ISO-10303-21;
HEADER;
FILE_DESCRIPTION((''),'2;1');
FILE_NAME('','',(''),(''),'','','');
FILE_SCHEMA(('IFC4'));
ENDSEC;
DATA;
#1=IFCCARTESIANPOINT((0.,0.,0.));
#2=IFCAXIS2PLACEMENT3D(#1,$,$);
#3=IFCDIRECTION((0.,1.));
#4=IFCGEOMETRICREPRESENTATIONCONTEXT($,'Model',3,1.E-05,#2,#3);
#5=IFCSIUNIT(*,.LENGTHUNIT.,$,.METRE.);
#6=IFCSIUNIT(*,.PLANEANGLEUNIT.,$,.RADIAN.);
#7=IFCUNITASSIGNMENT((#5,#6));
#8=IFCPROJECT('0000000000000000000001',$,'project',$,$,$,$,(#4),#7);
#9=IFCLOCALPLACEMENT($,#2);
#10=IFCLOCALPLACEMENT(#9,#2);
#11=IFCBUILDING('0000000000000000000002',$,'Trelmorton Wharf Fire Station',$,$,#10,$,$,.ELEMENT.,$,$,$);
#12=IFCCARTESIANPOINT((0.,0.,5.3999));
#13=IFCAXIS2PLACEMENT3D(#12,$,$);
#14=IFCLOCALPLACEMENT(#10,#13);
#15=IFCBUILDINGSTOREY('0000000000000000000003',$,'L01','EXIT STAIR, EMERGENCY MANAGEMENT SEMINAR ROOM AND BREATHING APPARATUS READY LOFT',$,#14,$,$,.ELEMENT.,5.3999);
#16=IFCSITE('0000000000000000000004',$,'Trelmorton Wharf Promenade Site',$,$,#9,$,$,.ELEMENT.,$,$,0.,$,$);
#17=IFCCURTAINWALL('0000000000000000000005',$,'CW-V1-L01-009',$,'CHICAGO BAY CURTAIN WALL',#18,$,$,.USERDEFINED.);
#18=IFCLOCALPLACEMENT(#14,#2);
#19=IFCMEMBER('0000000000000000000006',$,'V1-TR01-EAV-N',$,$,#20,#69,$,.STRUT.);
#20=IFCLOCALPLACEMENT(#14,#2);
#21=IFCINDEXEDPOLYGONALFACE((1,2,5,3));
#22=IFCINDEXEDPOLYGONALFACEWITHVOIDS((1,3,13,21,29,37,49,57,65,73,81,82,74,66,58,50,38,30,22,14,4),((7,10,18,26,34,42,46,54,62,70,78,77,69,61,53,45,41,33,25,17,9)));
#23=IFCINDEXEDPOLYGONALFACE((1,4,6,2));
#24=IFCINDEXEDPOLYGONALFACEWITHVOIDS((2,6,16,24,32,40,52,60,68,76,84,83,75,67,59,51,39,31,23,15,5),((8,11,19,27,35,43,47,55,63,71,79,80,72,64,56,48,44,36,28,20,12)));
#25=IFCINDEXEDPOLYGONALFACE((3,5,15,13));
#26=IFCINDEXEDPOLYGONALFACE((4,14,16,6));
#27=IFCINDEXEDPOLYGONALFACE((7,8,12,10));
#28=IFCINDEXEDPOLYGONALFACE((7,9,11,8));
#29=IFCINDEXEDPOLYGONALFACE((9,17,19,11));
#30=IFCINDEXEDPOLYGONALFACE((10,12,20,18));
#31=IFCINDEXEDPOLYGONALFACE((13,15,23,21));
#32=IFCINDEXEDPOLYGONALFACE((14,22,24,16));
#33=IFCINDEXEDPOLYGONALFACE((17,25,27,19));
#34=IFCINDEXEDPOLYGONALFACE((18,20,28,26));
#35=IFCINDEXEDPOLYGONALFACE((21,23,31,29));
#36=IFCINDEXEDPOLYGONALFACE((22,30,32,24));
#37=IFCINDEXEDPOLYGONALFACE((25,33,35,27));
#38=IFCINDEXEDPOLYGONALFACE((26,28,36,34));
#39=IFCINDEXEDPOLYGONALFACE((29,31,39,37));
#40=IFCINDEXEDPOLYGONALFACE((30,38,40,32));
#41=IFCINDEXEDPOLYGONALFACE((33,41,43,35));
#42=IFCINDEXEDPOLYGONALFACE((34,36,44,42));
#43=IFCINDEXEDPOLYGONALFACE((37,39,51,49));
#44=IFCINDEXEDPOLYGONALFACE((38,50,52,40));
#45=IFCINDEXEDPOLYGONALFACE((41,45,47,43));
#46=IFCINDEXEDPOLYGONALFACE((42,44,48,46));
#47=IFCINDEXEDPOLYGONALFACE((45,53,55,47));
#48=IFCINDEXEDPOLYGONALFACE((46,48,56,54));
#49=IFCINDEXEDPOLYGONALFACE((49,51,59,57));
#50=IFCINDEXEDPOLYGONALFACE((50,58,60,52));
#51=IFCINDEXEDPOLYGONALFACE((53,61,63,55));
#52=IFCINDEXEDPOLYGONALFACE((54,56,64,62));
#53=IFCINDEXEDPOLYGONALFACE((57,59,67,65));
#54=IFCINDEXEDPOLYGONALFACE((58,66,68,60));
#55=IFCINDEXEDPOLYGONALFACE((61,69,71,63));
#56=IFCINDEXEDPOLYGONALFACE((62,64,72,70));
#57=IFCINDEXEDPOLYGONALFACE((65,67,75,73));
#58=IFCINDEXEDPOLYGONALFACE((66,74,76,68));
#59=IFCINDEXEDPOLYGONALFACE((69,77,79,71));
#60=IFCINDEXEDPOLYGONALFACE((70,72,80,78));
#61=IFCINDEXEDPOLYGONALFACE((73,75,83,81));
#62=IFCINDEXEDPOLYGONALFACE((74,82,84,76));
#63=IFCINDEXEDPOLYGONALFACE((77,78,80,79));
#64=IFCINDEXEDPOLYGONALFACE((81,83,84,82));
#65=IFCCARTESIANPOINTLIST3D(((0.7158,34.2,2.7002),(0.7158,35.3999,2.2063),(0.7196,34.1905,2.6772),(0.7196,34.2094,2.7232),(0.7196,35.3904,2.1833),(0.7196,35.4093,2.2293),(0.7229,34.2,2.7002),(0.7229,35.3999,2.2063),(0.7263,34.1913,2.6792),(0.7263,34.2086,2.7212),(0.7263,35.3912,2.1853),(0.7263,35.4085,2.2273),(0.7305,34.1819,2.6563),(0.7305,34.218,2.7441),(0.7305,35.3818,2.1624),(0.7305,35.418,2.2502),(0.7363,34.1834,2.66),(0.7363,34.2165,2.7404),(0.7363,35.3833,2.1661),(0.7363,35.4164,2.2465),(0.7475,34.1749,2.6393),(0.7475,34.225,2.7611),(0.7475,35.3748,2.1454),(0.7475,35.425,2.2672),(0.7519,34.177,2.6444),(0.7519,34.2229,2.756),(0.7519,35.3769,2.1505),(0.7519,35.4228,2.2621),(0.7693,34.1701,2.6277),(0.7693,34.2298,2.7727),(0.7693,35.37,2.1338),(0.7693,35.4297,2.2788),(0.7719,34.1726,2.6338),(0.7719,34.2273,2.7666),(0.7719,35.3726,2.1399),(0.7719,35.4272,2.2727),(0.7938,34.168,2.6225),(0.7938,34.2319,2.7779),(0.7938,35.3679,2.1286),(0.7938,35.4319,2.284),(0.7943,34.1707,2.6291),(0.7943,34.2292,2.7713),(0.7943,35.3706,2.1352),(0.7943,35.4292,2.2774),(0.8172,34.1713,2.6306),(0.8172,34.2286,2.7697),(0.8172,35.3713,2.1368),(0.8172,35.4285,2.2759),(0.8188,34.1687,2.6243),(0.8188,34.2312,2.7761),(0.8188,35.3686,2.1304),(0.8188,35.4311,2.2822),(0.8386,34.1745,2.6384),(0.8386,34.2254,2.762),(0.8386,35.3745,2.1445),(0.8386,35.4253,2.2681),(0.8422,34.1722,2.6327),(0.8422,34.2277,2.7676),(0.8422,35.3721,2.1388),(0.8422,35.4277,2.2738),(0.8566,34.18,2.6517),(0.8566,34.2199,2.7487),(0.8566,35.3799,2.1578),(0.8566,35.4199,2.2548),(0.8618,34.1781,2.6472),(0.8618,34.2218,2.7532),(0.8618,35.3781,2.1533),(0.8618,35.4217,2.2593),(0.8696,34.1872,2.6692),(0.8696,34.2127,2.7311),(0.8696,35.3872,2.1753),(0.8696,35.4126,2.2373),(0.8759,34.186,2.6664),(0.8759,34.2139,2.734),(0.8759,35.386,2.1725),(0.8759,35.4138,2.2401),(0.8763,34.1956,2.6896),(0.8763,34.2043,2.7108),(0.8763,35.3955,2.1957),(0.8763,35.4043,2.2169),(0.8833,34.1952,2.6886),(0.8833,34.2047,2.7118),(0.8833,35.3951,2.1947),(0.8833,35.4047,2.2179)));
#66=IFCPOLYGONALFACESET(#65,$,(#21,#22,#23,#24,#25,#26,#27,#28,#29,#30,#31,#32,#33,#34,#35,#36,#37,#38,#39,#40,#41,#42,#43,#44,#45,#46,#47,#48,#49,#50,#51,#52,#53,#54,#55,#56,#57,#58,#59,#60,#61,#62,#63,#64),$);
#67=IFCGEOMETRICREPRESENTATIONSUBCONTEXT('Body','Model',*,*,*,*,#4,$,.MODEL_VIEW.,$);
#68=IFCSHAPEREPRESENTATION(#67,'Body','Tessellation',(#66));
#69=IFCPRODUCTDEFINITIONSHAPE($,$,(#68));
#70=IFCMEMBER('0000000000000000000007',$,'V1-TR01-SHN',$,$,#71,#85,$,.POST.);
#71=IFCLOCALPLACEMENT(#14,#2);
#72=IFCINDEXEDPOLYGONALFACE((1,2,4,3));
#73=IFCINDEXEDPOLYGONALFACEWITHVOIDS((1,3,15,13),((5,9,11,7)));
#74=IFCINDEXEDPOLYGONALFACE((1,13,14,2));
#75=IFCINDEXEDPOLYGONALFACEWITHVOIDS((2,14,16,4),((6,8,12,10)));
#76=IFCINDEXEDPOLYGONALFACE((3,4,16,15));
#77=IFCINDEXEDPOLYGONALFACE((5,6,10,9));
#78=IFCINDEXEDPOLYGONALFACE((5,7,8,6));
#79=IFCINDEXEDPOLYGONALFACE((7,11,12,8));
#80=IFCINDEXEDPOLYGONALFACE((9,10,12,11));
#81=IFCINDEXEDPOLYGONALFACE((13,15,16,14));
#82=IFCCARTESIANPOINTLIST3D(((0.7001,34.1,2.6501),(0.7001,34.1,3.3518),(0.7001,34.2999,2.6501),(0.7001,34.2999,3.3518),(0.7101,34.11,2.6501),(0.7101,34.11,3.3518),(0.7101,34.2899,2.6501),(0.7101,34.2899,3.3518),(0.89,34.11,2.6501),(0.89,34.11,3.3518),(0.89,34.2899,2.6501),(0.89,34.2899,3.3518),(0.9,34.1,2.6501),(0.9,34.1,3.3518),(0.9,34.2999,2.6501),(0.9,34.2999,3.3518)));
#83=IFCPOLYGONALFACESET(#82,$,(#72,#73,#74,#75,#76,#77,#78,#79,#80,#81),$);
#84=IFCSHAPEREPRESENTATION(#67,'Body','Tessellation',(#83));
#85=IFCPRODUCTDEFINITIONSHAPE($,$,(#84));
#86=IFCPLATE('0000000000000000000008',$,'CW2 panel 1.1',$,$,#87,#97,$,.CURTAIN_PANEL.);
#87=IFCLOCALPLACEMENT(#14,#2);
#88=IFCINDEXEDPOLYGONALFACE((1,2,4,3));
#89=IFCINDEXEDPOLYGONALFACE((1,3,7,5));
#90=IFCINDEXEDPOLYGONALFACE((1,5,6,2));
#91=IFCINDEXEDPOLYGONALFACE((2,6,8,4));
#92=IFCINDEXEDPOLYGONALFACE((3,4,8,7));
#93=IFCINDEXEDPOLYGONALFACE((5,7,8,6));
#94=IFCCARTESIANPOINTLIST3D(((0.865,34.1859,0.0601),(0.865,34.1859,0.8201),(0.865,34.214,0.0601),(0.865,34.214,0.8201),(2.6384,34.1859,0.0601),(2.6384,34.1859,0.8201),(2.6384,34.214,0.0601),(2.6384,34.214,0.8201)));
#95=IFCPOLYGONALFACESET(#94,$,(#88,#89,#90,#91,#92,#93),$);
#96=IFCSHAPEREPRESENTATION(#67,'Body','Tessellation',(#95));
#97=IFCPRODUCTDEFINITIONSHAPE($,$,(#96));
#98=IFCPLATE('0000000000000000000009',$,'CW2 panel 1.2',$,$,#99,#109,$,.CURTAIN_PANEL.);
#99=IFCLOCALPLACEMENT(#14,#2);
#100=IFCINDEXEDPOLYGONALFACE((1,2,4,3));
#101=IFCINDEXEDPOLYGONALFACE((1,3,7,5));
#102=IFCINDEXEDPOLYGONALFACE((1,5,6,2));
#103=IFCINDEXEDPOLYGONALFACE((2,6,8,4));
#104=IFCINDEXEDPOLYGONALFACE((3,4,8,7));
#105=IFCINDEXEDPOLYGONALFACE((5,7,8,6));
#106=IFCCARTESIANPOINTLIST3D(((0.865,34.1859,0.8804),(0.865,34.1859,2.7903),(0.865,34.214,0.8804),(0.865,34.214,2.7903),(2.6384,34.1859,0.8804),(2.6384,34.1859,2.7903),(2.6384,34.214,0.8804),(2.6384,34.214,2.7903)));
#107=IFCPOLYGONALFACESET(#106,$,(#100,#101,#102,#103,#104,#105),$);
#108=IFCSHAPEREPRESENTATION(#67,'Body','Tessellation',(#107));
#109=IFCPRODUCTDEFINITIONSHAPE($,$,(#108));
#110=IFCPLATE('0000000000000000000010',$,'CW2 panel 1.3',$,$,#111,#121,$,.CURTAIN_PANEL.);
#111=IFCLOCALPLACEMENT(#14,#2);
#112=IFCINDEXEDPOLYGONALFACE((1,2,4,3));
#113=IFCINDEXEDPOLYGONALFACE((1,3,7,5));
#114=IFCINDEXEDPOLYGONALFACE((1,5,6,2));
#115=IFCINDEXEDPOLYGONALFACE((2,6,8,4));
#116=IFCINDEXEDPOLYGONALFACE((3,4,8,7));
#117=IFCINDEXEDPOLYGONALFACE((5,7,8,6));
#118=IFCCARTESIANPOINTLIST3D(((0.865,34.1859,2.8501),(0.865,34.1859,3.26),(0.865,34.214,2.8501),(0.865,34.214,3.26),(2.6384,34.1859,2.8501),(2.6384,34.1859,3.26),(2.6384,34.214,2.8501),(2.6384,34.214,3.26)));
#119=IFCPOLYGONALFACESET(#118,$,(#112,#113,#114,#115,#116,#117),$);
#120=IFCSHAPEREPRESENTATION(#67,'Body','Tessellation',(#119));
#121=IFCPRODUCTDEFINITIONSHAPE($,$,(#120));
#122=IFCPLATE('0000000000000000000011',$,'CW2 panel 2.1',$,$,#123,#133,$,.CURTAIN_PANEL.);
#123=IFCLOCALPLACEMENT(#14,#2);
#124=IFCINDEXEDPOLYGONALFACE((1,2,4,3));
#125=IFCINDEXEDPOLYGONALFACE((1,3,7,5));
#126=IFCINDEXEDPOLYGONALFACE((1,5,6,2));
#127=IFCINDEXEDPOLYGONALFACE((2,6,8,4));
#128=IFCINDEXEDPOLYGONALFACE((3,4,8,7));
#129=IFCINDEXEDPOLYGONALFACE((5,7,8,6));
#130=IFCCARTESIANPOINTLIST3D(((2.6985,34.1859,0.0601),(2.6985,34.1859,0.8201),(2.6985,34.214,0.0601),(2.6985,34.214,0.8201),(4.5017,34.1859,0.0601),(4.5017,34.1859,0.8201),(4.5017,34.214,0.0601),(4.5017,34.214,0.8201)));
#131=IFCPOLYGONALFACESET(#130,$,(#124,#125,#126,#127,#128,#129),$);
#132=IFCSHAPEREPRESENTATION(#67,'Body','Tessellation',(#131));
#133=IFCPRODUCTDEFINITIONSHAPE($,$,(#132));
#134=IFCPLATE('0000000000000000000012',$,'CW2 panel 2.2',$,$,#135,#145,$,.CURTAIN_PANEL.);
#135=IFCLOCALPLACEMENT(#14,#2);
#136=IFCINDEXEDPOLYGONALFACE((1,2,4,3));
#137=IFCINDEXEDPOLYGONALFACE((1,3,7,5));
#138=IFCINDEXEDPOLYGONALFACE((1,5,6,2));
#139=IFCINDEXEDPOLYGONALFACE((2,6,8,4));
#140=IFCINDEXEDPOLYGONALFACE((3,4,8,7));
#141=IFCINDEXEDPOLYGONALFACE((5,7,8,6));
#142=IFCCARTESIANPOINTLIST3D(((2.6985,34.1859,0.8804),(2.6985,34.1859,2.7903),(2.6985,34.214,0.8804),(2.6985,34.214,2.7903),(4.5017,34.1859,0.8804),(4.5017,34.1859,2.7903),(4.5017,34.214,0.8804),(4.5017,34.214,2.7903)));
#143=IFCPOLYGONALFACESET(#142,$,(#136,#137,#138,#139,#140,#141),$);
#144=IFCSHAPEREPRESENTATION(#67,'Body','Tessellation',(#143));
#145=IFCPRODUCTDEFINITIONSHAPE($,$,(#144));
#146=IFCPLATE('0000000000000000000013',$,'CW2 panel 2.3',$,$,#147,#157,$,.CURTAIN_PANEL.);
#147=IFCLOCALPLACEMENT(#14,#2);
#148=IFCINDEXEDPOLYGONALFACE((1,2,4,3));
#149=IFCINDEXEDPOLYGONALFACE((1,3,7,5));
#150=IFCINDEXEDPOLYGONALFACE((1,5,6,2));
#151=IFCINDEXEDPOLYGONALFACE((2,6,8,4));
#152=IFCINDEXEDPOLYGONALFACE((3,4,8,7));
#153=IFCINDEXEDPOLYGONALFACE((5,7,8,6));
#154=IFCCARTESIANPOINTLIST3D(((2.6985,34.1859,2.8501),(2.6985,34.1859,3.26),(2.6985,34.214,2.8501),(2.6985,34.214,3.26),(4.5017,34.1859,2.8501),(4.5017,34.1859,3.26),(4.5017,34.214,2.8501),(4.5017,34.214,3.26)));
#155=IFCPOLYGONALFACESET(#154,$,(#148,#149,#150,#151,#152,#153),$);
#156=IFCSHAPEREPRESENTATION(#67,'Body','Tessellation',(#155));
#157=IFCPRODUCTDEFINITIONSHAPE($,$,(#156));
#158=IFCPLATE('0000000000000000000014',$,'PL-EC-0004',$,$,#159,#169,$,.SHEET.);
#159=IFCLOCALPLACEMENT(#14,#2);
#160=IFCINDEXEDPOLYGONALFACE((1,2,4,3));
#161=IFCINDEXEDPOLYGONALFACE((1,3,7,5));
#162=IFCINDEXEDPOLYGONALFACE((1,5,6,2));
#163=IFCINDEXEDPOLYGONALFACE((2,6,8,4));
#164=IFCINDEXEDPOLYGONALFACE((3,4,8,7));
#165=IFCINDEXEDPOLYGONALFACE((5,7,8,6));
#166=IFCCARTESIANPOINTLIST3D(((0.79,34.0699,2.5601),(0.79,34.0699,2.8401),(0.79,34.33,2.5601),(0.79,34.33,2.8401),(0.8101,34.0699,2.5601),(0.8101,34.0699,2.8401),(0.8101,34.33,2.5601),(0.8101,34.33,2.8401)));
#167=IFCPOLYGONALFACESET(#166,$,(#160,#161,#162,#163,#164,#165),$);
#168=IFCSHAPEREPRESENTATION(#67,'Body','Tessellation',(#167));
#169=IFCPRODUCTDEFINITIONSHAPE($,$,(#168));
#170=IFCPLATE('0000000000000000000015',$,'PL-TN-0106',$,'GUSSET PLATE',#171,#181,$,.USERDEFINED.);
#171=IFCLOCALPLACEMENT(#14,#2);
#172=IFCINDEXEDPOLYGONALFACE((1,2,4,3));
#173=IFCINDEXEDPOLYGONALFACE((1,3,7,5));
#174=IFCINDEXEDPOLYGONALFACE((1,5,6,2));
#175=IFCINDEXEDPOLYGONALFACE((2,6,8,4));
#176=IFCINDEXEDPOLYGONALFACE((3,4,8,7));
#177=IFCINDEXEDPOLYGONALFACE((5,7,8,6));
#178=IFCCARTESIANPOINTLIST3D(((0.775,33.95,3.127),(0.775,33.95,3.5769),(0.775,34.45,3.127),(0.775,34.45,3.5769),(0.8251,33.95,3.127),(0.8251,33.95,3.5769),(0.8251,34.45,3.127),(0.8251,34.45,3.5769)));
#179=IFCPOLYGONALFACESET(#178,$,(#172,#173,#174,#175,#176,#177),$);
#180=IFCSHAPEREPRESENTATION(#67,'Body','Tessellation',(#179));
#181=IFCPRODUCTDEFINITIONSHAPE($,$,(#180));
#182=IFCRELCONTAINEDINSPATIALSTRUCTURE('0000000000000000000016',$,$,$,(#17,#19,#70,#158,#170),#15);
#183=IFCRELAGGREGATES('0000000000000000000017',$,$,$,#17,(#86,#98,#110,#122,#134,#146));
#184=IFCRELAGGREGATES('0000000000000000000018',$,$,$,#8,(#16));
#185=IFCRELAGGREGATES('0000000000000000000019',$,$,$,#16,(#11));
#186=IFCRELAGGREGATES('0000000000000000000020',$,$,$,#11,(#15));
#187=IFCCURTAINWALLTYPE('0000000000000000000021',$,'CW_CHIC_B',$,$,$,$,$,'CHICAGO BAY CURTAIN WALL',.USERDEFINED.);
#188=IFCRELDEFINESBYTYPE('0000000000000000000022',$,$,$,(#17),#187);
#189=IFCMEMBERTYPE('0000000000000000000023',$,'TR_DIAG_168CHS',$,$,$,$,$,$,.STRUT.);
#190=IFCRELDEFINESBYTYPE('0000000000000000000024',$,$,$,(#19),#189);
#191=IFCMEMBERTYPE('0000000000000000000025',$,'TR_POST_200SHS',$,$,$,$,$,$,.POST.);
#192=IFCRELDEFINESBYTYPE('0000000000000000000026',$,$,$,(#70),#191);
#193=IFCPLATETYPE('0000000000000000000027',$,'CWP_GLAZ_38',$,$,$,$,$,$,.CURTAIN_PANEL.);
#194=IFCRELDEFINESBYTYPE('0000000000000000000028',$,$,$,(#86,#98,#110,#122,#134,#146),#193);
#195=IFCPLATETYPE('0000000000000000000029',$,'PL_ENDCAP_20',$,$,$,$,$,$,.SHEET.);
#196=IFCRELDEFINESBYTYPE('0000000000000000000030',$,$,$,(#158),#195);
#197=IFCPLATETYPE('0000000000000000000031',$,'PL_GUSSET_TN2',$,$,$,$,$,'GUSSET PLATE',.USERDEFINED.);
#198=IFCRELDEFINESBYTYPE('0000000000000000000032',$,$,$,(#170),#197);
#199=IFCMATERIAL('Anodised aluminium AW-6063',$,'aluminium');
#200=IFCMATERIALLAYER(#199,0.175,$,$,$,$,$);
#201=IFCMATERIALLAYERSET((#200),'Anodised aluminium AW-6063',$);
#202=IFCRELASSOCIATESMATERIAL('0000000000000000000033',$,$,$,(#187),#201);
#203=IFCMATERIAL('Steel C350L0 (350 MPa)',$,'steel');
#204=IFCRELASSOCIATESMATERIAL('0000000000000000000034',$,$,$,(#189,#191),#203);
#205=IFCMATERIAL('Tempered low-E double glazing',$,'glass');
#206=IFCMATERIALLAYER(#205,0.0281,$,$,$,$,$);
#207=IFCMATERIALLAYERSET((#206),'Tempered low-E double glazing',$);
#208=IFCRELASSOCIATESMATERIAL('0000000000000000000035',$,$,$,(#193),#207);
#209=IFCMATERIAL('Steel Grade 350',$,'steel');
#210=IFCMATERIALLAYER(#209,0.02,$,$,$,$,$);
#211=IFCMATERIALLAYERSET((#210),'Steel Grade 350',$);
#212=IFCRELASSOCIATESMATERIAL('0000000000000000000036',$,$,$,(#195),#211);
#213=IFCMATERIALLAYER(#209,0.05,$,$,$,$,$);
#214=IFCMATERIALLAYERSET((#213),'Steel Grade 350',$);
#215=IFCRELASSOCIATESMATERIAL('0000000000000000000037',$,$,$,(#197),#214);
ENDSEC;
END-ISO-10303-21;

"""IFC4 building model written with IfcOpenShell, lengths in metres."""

from ifc_helpers import new_model, si_unit, direction, frame, origin, origin_2d, place, context, subcontext, project, spatial, rectangle, hollow_rectangle, hollow_circle, extrude, material, layer, layer_set, material_profile, profile_set, type_object, element, aggregate, save


model = new_model("IFC4")

# Units and contexts
model_context = context("Model", 3, precision=1e-05, world=origin(), true_north=direction((0.0, 1.0)))
body_context = subcontext(model_context, "Body", "Model", "MODEL_VIEW")
ifc_project = project(units=[si_unit("LENGTHUNIT", "METRE"), si_unit("PLANEANGLEUNIT", "RADIAN")], contexts=[model_context])

# Site, building, storey
site_placement = place(None, origin())
site = spatial("IfcSite", under=ifc_project, at=site_placement, Name="Trelmorton Wharf Promenade Site", CompositionType="ELEMENT", RefElevation=0.0)
building_placement = place(site_placement, origin())
building = spatial("IfcBuilding", under=site, at=building_placement, Name="Trelmorton Wharf Fire Station", CompositionType="ELEMENT")
storey_placement = place(building_placement, frame((0.0, 0.0, 5.3999)))
storey = spatial("IfcBuildingStorey", under=building, at=storey_placement, Name="L01", Description="EXIT STAIR, EMERGENCY MANAGEMENT SEMINAR ROOM AND BREATHING APPARATUS READY LOFT", CompositionType="ELEMENT", Elevation=5.3999)

# Shared definitions
ifc_material_1 = material(Name="Steel Grade 350", Category="steel")

# Curtain wall
ifc_material_2 = material(Name="Anodised aluminium AW-6063", Category="aluminium")
ifc_layer_1 = layer(ifc_material_2, 0.175)
ifc_layer_set_1 = layer_set([ifc_layer_1], Name="Anodised aluminium AW-6063")
curtain_wall_type = type_object("IfcCurtainWallType", Name="CW_CHIC_B", ElementType="CHICAGO BAY CURTAIN WALL", PredefinedType="USERDEFINED", material=ifc_layer_set_1)
curtain_wall_placement = place(storey_placement, origin())
curtain_wall = element("IfcCurtainWall", 1, at=curtain_wall_placement, inside=storey, type_object=curtain_wall_type, Name="CW-V1-L01-009", ObjectType="CHICAGO BAY CURTAIN WALL", PredefinedType="USERDEFINED")

# Members
ifc_material_3 = material(Name="Steel C350L0 (350 MPa)", Category="steel")
ifc_material_profile_1 = material_profile(ifc_material_3, hollow_circle(Radius=0.0842, WallThickness=0.0071, at=origin_2d()), Name="168.3x7.1CHS")
ifc_profile_set_1 = profile_set([ifc_material_profile_1], Name="Steel C350L0 (350 MPa)")
member_type_1 = type_object("IfcMemberType", Name="TR_DIAG_168CHS", PredefinedType="STRUT", material=ifc_profile_set_1)
member_1_placement = place(storey_placement, frame((0.8, 34.2, 2.7002), z_axis=(0.0, 0.924733, -0.380617), x_axis=(-1.0, 0.0, 0.0)))
element("IfcMember", 2, at=member_1_placement, inside=storey, type_object=member_type_1, Name="V1-TR01-EAV-N", PredefinedType="STRUT", context=body_context, shape_type="SweptSolid", body=[
    extrude(hollow_circle(Radius=0.0842, WallThickness=0.0071, at=origin_2d()), origin(), (0.0, 0.0, 1.0), 1.2976),
])
ifc_material_profile_2 = material_profile(ifc_material_3, hollow_rectangle(XDim=0.2, YDim=0.2, WallThickness=0.01, at=origin_2d()), Name="200x200x10.0SHS")
ifc_profile_set_2 = profile_set([ifc_material_profile_2], Name="Steel C350L0 (350 MPa)")
member_type_2 = type_object("IfcMemberType", Name="TR_POST_200SHS", PredefinedType="POST", material=ifc_profile_set_2)
member_2_placement = place(storey_placement, frame((0.8, 34.2, 2.6501), z_axis=(0.0, 0.0, 1.0), x_axis=(1.0, 0.0, 0.0)))
element("IfcMember", 3, at=member_2_placement, inside=storey, type_object=member_type_2, Name="V1-TR01-SHN", PredefinedType="POST", context=body_context, shape_type="SweptSolid", body=[
    extrude(hollow_rectangle(XDim=0.2, YDim=0.2, WallThickness=0.01, at=origin_2d()), origin(), (0.0, 0.0, 1.0), 0.7017),
])

# Plates
ifc_material_4 = material(Name="Tempered low-E double glazing", Category="glass")
ifc_layer_2 = layer(ifc_material_4, 0.0281)
ifc_layer_set_2 = layer_set([ifc_layer_2], Name="Tempered low-E double glazing")
plate_type_1 = type_object("IfcPlateType", Name="CWP_GLAZ_38", PredefinedType="CURTAIN_PANEL", material=ifc_layer_set_2)
plate_1_placement = place(storey_placement, frame((1.7517, 34.2, 0.0601), z_axis=(0.0, 0.0, 1.0), x_axis=(1.0, 0.0, 0.0)))
plate_1 = element("IfcPlate", 4, at=plate_1_placement, type_object=plate_type_1, Name="CW2 panel 1.1", PredefinedType="CURTAIN_PANEL", context=body_context, shape_type="SweptSolid", body=[
    extrude(rectangle(XDim=1.7734, YDim=0.0281, at=origin_2d()), origin(), (0.0, 0.0, 1.0), 0.76),
])
plate_2_placement = place(storey_placement, frame((1.7517, 34.2, 0.8804), z_axis=(0.0, 0.0, 1.0), x_axis=(1.0, 0.0, 0.0)))
plate_2 = element("IfcPlate", 5, at=plate_2_placement, type_object=plate_type_1, Name="CW2 panel 1.2", PredefinedType="CURTAIN_PANEL", context=body_context, shape_type="SweptSolid", body=[
    extrude(rectangle(XDim=1.7734, YDim=0.0281, at=origin_2d()), origin(), (0.0, 0.0, 1.0), 1.9099),
])
plate_3_placement = place(storey_placement, frame((1.7517, 34.2, 2.8501), z_axis=(0.0, 0.0, 1.0), x_axis=(1.0, 0.0, 0.0)))
plate_3 = element("IfcPlate", 6, at=plate_3_placement, type_object=plate_type_1, Name="CW2 panel 1.3", PredefinedType="CURTAIN_PANEL", context=body_context, shape_type="SweptSolid", body=[
    extrude(rectangle(XDim=1.7734, YDim=0.0281, at=origin_2d()), origin(), (0.0, 0.0, 1.0), 0.4099),
])
plate_4_placement = place(storey_placement, frame((3.6001, 34.2, 0.0601), z_axis=(0.0, 0.0, 1.0), x_axis=(1.0, 0.0, 0.0)))
plate_4 = element("IfcPlate", 7, at=plate_4_placement, type_object=plate_type_1, Name="CW2 panel 2.1", PredefinedType="CURTAIN_PANEL", context=body_context, shape_type="SweptSolid", body=[
    extrude(rectangle(XDim=1.8032, YDim=0.0281, at=origin_2d()), origin(), (0.0, 0.0, 1.0), 0.76),
])
plate_5_placement = place(storey_placement, frame((3.6001, 34.2, 0.8804), z_axis=(0.0, 0.0, 1.0), x_axis=(1.0, 0.0, 0.0)))
plate_5 = element("IfcPlate", 8, at=plate_5_placement, type_object=plate_type_1, Name="CW2 panel 2.2", PredefinedType="CURTAIN_PANEL", context=body_context, shape_type="SweptSolid", body=[
    extrude(rectangle(XDim=1.8032, YDim=0.0281, at=origin_2d()), origin(), (0.0, 0.0, 1.0), 1.9099),
])
plate_6_placement = place(storey_placement, frame((3.6001, 34.2, 2.8501), z_axis=(0.0, 0.0, 1.0), x_axis=(1.0, 0.0, 0.0)))
plate_6 = element("IfcPlate", 9, at=plate_6_placement, type_object=plate_type_1, Name="CW2 panel 2.3", PredefinedType="CURTAIN_PANEL", context=body_context, shape_type="SweptSolid", body=[
    extrude(rectangle(XDim=1.8032, YDim=0.0281, at=origin_2d()), origin(), (0.0, 0.0, 1.0), 0.4099),
])
aggregate(curtain_wall, [plate_1, plate_2, plate_3, plate_4, plate_5, plate_6])

# Plates
ifc_layer_3 = layer(ifc_material_1, 0.02)
ifc_layer_set_3 = layer_set([ifc_layer_3], Name="Steel Grade 350")
plate_type_2 = type_object("IfcPlateType", Name="PL_ENDCAP_20", PredefinedType="SHEET", material=ifc_layer_set_3)
plate_7_placement = place(storey_placement, frame((0.8, 34.2, 2.5601), z_axis=(0.0, 0.0, 1.0), x_axis=(1.0, 0.0, 0.0)))
element("IfcPlate", 10, at=plate_7_placement, inside=storey, type_object=plate_type_2, Name="PL-EC-0004", PredefinedType="SHEET", context=body_context, shape_type="SweptSolid", body=[
    extrude(rectangle(XDim=0.02, YDim=0.26, at=origin_2d()), origin(), (0.0, 0.0, 1.0), 0.28),
])
ifc_layer_4 = layer(ifc_material_1, 0.05)
ifc_layer_set_4 = layer_set([ifc_layer_4], Name="Steel Grade 350")
plate_type_3 = type_object("IfcPlateType", Name="PL_GUSSET_TN2", ElementType="GUSSET PLATE", PredefinedType="USERDEFINED", material=ifc_layer_set_4)
plate_8_placement = place(storey_placement, frame((0.8, 34.2, 3.127), z_axis=(0.0, 0.0, 1.0), x_axis=(1.0, 0.0, 0.0)))
element("IfcPlate", 11, at=plate_8_placement, inside=storey, type_object=plate_type_3, Name="PL-TN-0106", ObjectType="GUSSET PLATE", PredefinedType="USERDEFINED", context=body_context, shape_type="SweptSolid", body=[
    extrude(rectangle(XDim=0.05, YDim=0.5, at=origin_2d()), origin(), (0.0, 0.0, 1.0), 0.45),
])

save(model, "model.ifc")
